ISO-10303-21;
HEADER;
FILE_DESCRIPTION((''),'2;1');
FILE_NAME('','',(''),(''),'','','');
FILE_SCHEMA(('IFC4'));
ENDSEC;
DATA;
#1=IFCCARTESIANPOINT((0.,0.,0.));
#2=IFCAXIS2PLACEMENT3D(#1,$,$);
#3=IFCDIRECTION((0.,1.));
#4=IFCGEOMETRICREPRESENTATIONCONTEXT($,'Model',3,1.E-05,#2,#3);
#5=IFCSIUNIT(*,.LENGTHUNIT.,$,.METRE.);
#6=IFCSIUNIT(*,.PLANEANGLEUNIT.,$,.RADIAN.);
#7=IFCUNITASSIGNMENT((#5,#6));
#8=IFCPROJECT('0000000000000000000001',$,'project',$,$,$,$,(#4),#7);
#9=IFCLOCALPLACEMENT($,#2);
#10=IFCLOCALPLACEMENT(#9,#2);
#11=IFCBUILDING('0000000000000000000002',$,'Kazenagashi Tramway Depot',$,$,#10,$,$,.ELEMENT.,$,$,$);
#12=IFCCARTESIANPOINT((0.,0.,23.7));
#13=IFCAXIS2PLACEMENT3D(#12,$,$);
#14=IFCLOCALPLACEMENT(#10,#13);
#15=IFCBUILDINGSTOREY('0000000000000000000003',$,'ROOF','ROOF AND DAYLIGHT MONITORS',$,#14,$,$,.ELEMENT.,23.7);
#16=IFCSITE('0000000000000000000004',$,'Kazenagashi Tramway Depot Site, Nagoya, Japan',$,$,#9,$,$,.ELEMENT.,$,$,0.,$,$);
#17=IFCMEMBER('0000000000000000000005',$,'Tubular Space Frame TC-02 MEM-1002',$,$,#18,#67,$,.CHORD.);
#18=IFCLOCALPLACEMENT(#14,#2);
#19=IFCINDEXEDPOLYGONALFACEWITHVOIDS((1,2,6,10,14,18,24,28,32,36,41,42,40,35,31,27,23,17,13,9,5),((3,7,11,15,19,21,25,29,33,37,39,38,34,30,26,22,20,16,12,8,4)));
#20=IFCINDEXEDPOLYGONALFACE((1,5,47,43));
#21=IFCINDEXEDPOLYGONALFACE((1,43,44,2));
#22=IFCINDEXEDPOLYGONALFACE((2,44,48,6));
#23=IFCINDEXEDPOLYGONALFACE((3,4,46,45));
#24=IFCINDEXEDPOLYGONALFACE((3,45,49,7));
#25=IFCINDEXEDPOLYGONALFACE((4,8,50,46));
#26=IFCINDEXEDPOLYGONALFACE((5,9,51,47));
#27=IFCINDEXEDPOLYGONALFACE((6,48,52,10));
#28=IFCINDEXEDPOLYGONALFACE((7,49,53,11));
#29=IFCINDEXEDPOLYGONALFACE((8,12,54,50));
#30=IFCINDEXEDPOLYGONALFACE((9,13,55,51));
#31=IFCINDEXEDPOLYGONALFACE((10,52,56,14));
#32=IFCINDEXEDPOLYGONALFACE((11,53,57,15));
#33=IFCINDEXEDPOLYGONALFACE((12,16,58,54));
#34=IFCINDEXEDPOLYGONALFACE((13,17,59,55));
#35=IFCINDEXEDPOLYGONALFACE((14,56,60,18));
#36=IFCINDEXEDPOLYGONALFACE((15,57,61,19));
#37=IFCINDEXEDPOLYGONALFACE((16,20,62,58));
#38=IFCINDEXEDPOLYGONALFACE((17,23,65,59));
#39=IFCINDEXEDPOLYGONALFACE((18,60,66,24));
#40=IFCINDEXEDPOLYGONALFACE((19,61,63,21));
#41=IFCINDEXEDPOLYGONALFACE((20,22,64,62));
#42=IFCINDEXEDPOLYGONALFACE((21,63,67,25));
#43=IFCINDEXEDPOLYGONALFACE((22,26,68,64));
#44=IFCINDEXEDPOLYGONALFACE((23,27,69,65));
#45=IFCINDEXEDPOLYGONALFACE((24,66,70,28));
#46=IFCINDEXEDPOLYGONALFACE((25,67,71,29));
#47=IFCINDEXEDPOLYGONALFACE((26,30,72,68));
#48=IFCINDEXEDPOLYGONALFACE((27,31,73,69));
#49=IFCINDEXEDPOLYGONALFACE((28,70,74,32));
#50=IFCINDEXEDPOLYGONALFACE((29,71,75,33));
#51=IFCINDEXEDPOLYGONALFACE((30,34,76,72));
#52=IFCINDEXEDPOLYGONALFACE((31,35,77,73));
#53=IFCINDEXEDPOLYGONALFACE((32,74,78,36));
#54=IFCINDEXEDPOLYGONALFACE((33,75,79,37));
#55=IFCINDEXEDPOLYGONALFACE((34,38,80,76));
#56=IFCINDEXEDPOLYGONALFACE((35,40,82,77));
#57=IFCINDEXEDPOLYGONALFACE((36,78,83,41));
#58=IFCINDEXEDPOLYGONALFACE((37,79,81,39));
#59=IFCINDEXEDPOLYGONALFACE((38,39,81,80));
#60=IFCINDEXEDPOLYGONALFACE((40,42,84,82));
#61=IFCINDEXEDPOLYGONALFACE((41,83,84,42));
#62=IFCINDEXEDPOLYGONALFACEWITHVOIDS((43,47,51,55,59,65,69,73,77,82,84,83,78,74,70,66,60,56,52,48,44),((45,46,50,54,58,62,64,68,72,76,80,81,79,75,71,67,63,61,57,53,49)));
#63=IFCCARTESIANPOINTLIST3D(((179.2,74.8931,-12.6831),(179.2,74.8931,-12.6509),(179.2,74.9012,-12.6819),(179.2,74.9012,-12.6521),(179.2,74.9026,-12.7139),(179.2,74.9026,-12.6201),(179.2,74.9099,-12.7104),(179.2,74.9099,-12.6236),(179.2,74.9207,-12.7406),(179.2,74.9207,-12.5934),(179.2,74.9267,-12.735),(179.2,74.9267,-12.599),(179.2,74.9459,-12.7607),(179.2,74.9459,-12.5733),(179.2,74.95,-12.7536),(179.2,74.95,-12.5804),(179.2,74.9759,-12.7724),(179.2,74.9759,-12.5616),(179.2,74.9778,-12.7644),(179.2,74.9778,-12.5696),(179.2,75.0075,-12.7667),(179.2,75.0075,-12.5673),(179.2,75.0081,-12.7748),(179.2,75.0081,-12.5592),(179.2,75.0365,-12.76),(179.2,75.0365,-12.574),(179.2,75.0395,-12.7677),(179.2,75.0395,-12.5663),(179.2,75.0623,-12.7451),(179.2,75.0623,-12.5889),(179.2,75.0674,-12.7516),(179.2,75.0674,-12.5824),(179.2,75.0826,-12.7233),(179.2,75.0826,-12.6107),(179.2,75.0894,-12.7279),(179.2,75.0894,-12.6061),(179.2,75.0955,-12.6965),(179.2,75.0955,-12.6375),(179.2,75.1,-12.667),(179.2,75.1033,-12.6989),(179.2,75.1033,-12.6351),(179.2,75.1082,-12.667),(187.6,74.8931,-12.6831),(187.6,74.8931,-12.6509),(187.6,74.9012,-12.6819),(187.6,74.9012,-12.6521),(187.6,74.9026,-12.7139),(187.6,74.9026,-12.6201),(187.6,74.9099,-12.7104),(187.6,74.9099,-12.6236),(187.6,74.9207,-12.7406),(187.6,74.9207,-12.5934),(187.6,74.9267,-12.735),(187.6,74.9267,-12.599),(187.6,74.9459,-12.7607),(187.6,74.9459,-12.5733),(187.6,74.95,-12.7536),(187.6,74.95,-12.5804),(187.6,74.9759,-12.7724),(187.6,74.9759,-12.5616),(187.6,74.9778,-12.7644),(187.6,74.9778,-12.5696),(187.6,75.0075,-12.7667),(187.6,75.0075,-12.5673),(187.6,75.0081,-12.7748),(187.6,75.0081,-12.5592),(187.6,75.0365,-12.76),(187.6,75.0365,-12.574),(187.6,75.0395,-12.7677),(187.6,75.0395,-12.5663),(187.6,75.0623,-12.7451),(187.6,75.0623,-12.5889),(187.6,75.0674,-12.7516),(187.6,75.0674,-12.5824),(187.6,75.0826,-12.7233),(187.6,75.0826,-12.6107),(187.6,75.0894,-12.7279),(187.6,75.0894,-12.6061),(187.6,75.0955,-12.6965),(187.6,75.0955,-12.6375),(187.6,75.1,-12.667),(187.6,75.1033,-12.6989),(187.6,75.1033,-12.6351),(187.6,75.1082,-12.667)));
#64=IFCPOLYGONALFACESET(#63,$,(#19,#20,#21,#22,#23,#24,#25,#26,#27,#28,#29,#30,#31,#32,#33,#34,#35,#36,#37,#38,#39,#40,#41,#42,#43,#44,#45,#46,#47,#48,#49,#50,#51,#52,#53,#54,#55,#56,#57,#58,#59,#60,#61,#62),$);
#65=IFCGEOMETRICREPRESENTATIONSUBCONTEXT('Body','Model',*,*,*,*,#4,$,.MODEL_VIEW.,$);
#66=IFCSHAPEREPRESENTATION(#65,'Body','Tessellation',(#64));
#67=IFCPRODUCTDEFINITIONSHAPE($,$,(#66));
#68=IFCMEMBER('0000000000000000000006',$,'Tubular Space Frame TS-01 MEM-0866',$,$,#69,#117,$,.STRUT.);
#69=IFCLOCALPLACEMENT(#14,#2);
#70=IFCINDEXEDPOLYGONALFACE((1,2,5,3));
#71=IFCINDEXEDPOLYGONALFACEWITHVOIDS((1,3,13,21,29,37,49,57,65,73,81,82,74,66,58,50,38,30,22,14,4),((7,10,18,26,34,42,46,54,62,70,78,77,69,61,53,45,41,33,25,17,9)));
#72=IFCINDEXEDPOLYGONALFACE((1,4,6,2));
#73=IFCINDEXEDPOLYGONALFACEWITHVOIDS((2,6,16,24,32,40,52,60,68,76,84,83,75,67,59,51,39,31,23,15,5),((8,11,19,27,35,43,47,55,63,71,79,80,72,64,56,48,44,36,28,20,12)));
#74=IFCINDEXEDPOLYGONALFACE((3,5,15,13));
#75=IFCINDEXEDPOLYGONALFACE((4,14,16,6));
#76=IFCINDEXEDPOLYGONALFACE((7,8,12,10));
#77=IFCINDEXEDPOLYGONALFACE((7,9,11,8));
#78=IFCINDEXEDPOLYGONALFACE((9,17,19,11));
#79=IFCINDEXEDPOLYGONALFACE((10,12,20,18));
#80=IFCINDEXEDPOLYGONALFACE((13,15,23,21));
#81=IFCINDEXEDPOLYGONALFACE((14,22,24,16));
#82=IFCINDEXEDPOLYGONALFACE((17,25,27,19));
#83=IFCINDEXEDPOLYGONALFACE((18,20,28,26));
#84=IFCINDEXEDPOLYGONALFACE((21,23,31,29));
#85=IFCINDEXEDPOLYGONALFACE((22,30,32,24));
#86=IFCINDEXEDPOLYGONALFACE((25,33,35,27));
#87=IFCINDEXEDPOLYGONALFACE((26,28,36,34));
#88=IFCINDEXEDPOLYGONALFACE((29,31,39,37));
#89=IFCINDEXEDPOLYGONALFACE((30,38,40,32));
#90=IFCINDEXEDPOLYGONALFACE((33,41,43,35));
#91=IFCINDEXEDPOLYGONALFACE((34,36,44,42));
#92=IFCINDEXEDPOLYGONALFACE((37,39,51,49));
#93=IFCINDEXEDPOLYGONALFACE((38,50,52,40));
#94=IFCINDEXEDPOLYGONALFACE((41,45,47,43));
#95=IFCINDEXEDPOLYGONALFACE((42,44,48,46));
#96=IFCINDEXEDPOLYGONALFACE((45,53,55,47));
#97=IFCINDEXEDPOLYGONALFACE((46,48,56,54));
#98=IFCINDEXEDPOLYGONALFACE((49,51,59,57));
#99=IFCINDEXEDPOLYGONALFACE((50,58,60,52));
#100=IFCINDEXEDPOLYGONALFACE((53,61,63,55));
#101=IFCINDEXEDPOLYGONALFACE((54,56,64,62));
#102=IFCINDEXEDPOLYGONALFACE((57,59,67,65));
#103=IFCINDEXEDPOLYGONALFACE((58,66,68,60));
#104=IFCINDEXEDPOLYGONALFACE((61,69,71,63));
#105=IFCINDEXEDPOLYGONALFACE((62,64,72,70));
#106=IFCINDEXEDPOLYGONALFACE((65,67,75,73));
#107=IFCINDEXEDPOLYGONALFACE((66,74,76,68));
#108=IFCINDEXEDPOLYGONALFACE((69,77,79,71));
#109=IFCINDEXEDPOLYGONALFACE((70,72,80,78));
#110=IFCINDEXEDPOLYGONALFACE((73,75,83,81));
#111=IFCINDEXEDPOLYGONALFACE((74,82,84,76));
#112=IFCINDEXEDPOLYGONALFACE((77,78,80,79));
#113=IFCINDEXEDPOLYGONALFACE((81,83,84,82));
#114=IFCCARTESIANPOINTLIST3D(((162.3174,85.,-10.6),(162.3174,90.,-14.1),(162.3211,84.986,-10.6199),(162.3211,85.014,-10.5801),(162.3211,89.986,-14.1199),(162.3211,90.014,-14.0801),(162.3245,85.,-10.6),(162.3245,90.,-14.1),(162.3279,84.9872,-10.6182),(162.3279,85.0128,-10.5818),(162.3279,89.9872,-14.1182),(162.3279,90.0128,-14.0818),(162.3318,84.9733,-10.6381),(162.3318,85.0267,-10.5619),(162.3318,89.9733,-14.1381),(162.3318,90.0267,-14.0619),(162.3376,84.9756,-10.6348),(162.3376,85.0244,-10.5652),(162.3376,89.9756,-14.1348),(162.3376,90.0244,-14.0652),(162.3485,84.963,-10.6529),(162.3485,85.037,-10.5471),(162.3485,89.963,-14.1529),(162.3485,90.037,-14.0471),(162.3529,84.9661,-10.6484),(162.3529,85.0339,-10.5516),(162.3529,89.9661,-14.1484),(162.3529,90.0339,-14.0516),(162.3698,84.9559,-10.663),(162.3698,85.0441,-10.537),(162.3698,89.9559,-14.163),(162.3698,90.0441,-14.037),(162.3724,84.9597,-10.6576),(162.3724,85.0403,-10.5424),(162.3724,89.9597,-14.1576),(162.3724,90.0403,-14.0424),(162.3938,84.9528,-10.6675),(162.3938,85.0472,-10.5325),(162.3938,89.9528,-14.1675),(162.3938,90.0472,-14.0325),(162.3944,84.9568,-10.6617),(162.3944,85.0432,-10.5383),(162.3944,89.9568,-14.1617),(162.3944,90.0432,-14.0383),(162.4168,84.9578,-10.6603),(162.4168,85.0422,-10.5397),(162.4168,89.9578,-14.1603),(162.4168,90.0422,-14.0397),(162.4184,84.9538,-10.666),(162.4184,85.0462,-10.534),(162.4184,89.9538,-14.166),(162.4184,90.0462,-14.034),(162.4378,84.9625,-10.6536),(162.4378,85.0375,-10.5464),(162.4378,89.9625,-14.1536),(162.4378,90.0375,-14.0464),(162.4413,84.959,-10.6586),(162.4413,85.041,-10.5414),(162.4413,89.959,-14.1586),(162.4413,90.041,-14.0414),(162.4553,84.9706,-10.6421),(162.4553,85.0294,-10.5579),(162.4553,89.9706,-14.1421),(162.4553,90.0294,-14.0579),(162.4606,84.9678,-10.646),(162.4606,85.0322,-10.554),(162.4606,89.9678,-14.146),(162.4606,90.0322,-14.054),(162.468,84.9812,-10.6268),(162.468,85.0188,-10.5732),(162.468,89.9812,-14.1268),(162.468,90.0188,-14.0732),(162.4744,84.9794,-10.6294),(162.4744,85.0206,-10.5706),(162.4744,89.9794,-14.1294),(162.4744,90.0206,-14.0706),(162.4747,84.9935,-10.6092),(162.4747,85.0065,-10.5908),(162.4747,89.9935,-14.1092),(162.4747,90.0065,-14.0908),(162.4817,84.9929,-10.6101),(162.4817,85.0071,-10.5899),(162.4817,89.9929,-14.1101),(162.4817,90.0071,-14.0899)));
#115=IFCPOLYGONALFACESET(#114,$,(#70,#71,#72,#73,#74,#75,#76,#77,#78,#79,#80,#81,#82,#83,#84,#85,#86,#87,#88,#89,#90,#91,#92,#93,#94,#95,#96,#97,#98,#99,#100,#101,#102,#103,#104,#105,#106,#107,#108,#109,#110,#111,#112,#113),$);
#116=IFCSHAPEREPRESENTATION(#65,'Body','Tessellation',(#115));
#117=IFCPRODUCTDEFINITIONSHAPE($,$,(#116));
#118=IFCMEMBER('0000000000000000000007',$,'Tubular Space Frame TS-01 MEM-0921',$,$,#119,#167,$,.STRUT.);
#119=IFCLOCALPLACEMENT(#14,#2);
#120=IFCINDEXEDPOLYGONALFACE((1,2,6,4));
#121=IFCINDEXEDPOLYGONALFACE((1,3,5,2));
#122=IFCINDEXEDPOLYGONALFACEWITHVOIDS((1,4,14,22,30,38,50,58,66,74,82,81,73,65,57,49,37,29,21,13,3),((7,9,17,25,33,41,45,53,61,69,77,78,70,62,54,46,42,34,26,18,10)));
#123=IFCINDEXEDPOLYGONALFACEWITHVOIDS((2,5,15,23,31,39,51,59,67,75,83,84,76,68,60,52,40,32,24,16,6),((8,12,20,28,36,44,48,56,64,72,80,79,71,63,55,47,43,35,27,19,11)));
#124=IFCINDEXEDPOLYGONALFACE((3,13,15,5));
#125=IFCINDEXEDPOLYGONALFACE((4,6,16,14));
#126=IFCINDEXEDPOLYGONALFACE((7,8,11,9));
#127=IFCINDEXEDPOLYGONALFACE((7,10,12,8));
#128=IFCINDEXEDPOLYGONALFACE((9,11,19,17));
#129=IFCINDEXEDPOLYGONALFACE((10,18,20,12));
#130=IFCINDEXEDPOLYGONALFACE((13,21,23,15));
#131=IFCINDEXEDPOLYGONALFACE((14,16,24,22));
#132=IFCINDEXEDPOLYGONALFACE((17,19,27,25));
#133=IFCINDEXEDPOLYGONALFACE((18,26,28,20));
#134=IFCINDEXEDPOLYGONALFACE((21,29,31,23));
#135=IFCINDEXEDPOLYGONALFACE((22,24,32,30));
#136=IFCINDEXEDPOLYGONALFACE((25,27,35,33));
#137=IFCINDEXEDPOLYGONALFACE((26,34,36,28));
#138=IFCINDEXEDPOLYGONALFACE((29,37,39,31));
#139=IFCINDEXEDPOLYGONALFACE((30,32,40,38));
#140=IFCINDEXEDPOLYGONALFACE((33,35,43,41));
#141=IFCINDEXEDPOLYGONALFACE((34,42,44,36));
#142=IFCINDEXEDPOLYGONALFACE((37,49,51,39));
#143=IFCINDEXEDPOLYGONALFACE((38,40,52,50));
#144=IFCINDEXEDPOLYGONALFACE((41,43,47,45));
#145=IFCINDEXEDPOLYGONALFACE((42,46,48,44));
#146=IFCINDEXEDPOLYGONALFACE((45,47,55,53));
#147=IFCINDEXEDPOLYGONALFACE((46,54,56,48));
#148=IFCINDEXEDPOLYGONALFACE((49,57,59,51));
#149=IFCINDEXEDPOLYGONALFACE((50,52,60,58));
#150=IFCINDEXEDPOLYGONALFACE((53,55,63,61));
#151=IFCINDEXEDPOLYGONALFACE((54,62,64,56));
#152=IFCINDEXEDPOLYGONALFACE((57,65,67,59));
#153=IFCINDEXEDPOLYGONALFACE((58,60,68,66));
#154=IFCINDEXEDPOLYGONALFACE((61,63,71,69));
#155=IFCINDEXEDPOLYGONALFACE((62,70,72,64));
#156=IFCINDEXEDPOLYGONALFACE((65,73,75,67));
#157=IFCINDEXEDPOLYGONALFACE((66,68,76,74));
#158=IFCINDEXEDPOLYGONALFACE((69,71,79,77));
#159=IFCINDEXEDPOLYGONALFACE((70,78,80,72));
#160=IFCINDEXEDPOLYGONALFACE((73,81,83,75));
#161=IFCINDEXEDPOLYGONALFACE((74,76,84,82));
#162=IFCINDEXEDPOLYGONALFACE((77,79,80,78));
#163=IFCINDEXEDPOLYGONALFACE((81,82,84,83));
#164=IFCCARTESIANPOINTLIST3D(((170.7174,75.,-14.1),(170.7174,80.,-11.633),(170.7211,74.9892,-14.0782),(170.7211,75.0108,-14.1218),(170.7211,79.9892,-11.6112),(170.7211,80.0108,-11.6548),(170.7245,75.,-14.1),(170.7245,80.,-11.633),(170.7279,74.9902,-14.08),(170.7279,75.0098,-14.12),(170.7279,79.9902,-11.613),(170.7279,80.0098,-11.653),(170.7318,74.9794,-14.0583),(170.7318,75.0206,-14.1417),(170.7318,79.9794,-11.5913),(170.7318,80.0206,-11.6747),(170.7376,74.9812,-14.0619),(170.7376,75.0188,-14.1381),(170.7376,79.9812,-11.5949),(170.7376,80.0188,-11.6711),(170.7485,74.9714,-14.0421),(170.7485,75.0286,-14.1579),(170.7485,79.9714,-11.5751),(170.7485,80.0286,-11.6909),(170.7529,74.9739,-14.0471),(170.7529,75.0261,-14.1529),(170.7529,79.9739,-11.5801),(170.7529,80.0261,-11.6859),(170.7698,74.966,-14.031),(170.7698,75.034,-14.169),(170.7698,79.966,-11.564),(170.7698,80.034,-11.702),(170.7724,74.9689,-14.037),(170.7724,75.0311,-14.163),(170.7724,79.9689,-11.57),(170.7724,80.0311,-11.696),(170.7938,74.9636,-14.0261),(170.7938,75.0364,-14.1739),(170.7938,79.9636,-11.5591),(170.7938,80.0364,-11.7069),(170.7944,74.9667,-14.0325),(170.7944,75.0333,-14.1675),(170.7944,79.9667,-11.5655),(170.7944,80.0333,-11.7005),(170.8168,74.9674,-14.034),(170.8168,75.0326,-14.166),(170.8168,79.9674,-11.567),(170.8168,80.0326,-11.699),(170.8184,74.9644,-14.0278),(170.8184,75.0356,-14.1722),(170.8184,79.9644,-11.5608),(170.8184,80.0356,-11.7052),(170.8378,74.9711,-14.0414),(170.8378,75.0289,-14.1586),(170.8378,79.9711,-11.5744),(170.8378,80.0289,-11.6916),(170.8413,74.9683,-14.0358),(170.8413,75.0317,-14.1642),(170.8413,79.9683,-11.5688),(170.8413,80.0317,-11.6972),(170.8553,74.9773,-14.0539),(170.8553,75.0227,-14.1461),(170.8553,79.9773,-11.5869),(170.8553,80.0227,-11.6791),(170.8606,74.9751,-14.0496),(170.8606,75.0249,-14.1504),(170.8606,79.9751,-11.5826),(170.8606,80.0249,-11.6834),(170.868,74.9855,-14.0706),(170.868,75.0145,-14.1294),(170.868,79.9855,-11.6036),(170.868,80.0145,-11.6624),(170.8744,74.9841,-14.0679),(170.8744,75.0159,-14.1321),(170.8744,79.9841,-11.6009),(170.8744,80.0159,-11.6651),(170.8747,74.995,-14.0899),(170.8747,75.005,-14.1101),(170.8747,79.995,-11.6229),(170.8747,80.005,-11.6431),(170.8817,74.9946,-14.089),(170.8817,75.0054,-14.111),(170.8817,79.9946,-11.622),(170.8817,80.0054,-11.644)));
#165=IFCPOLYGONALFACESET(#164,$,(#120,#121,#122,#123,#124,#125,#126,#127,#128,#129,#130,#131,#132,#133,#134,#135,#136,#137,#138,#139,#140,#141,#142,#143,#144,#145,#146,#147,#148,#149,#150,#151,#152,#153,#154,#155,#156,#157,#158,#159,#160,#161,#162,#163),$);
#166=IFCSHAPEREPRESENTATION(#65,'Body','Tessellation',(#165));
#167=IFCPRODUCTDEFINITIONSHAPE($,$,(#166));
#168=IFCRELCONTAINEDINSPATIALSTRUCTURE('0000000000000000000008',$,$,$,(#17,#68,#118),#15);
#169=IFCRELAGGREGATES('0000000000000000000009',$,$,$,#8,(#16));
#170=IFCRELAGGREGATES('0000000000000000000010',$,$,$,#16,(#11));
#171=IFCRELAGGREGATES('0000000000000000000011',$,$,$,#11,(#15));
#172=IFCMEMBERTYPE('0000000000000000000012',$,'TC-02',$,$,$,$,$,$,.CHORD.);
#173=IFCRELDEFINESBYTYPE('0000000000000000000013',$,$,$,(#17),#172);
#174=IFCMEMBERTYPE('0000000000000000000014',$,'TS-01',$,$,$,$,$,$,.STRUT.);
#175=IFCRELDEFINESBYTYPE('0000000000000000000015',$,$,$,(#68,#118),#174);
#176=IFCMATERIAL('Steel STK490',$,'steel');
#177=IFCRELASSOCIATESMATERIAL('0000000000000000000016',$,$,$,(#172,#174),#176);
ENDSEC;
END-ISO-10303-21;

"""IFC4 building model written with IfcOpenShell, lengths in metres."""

from ifc_helpers import new_model, si_unit, direction, frame, origin, origin_2d, place, context, subcontext, project, spatial, hollow_circle, extrude, material, material_profile, profile_set, type_object, element, save


model = new_model("IFC4")

# Units and contexts
model_context = context("Model", 3, precision=1e-05, world=origin(), true_north=direction((0.0, 1.0)))
body_context = subcontext(model_context, "Body", "Model", "MODEL_VIEW")
ifc_project = project(units=[si_unit("LENGTHUNIT", "METRE"), si_unit("PLANEANGLEUNIT", "RADIAN")], contexts=[model_context])

# Site, building, storey
site_placement = place(None, origin())
site = spatial("IfcSite", under=ifc_project, at=site_placement, Name="Kazenagashi Tramway Depot Site, Nagoya, Japan", CompositionType="ELEMENT", RefElevation=0.0)
building_placement = place(site_placement, origin())
building = spatial("IfcBuilding", under=site, at=building_placement, Name="Kazenagashi Tramway Depot", CompositionType="ELEMENT")
storey_placement = place(building_placement, frame((0.0, 0.0, 23.7)))
storey = spatial("IfcBuildingStorey", under=building, at=storey_placement, Name="ROOF", Description="ROOF AND DAYLIGHT MONITORS", CompositionType="ELEMENT", Elevation=23.7)

# Members
ifc_material_1 = material(Name="Steel STK490", Category="steel")
ifc_material_profile_1 = material_profile(ifc_material_1, hollow_circle(Radius=0.1081, WallThickness=0.0082, at=origin_2d()), Name="CHS-216.3x8.2")
ifc_profile_set_1 = profile_set([ifc_material_profile_1], Name="Steel STK490")
member_type_1 = type_object("IfcMemberType", Name="TC-02", PredefinedType="CHORD", material=ifc_profile_set_1)
member_1_placement = place(storey_placement, frame((179.2, 75.0, -12.667), z_axis=(1.0, 0.0, 0.0), x_axis=(0.0, 1.0, 0.0)))
element("IfcMember", 1, at=member_1_placement, inside=storey, type_object=member_type_1, Name="Tubular Space Frame TC-02 MEM-1002", PredefinedType="CHORD", context=body_context, shape_type="SweptSolid", body=[
    extrude(hollow_circle(Radius=0.1081, WallThickness=0.0082, at=origin_2d()), origin(), (0.0, 0.0, 1.0), 8.4),
])
ifc_material_profile_2 = material_profile(ifc_material_1, hollow_circle(Radius=0.0826, WallThickness=0.0071, at=origin_2d()), Name="CHS-165.2x7.1")
ifc_profile_set_2 = profile_set([ifc_material_profile_2], Name="Steel STK490")
member_type_2 = type_object("IfcMemberType", Name="TS-01", PredefinedType="STRUT", material=ifc_profile_set_2)
member_2_placement = place(storey_placement, frame((162.4, 85.0, -10.6), z_axis=(0.0, 0.819232, -0.573462), x_axis=(-1.0, 0.0, 0.0)))
element("IfcMember", 2, at=member_2_placement, inside=storey, type_object=member_type_2, Name="Tubular Space Frame TS-01 MEM-0866", PredefinedType="STRUT", context=body_context, shape_type="SweptSolid", body=[
    extrude(hollow_circle(Radius=0.0826, WallThickness=0.0071, at=origin_2d()), origin(), (0.0, 0.0, 1.0), 6.1033),
])
member_3_placement = place(storey_placement, frame((170.8, 75.0, -14.1), z_axis=(0.0, 0.896782, 0.442472), x_axis=(-1.0, 0.0, 0.0)))
element("IfcMember", 3, at=member_3_placement, inside=storey, type_object=member_type_2, Name="Tubular Space Frame TS-01 MEM-0921", PredefinedType="STRUT", context=body_context, shape_type="SweptSolid", body=[
    extrude(hollow_circle(Radius=0.0826, WallThickness=0.0071, at=origin_2d()), origin(), (0.0, 0.0, 1.0), 5.5755),
])

save(model, "model.ifc")
